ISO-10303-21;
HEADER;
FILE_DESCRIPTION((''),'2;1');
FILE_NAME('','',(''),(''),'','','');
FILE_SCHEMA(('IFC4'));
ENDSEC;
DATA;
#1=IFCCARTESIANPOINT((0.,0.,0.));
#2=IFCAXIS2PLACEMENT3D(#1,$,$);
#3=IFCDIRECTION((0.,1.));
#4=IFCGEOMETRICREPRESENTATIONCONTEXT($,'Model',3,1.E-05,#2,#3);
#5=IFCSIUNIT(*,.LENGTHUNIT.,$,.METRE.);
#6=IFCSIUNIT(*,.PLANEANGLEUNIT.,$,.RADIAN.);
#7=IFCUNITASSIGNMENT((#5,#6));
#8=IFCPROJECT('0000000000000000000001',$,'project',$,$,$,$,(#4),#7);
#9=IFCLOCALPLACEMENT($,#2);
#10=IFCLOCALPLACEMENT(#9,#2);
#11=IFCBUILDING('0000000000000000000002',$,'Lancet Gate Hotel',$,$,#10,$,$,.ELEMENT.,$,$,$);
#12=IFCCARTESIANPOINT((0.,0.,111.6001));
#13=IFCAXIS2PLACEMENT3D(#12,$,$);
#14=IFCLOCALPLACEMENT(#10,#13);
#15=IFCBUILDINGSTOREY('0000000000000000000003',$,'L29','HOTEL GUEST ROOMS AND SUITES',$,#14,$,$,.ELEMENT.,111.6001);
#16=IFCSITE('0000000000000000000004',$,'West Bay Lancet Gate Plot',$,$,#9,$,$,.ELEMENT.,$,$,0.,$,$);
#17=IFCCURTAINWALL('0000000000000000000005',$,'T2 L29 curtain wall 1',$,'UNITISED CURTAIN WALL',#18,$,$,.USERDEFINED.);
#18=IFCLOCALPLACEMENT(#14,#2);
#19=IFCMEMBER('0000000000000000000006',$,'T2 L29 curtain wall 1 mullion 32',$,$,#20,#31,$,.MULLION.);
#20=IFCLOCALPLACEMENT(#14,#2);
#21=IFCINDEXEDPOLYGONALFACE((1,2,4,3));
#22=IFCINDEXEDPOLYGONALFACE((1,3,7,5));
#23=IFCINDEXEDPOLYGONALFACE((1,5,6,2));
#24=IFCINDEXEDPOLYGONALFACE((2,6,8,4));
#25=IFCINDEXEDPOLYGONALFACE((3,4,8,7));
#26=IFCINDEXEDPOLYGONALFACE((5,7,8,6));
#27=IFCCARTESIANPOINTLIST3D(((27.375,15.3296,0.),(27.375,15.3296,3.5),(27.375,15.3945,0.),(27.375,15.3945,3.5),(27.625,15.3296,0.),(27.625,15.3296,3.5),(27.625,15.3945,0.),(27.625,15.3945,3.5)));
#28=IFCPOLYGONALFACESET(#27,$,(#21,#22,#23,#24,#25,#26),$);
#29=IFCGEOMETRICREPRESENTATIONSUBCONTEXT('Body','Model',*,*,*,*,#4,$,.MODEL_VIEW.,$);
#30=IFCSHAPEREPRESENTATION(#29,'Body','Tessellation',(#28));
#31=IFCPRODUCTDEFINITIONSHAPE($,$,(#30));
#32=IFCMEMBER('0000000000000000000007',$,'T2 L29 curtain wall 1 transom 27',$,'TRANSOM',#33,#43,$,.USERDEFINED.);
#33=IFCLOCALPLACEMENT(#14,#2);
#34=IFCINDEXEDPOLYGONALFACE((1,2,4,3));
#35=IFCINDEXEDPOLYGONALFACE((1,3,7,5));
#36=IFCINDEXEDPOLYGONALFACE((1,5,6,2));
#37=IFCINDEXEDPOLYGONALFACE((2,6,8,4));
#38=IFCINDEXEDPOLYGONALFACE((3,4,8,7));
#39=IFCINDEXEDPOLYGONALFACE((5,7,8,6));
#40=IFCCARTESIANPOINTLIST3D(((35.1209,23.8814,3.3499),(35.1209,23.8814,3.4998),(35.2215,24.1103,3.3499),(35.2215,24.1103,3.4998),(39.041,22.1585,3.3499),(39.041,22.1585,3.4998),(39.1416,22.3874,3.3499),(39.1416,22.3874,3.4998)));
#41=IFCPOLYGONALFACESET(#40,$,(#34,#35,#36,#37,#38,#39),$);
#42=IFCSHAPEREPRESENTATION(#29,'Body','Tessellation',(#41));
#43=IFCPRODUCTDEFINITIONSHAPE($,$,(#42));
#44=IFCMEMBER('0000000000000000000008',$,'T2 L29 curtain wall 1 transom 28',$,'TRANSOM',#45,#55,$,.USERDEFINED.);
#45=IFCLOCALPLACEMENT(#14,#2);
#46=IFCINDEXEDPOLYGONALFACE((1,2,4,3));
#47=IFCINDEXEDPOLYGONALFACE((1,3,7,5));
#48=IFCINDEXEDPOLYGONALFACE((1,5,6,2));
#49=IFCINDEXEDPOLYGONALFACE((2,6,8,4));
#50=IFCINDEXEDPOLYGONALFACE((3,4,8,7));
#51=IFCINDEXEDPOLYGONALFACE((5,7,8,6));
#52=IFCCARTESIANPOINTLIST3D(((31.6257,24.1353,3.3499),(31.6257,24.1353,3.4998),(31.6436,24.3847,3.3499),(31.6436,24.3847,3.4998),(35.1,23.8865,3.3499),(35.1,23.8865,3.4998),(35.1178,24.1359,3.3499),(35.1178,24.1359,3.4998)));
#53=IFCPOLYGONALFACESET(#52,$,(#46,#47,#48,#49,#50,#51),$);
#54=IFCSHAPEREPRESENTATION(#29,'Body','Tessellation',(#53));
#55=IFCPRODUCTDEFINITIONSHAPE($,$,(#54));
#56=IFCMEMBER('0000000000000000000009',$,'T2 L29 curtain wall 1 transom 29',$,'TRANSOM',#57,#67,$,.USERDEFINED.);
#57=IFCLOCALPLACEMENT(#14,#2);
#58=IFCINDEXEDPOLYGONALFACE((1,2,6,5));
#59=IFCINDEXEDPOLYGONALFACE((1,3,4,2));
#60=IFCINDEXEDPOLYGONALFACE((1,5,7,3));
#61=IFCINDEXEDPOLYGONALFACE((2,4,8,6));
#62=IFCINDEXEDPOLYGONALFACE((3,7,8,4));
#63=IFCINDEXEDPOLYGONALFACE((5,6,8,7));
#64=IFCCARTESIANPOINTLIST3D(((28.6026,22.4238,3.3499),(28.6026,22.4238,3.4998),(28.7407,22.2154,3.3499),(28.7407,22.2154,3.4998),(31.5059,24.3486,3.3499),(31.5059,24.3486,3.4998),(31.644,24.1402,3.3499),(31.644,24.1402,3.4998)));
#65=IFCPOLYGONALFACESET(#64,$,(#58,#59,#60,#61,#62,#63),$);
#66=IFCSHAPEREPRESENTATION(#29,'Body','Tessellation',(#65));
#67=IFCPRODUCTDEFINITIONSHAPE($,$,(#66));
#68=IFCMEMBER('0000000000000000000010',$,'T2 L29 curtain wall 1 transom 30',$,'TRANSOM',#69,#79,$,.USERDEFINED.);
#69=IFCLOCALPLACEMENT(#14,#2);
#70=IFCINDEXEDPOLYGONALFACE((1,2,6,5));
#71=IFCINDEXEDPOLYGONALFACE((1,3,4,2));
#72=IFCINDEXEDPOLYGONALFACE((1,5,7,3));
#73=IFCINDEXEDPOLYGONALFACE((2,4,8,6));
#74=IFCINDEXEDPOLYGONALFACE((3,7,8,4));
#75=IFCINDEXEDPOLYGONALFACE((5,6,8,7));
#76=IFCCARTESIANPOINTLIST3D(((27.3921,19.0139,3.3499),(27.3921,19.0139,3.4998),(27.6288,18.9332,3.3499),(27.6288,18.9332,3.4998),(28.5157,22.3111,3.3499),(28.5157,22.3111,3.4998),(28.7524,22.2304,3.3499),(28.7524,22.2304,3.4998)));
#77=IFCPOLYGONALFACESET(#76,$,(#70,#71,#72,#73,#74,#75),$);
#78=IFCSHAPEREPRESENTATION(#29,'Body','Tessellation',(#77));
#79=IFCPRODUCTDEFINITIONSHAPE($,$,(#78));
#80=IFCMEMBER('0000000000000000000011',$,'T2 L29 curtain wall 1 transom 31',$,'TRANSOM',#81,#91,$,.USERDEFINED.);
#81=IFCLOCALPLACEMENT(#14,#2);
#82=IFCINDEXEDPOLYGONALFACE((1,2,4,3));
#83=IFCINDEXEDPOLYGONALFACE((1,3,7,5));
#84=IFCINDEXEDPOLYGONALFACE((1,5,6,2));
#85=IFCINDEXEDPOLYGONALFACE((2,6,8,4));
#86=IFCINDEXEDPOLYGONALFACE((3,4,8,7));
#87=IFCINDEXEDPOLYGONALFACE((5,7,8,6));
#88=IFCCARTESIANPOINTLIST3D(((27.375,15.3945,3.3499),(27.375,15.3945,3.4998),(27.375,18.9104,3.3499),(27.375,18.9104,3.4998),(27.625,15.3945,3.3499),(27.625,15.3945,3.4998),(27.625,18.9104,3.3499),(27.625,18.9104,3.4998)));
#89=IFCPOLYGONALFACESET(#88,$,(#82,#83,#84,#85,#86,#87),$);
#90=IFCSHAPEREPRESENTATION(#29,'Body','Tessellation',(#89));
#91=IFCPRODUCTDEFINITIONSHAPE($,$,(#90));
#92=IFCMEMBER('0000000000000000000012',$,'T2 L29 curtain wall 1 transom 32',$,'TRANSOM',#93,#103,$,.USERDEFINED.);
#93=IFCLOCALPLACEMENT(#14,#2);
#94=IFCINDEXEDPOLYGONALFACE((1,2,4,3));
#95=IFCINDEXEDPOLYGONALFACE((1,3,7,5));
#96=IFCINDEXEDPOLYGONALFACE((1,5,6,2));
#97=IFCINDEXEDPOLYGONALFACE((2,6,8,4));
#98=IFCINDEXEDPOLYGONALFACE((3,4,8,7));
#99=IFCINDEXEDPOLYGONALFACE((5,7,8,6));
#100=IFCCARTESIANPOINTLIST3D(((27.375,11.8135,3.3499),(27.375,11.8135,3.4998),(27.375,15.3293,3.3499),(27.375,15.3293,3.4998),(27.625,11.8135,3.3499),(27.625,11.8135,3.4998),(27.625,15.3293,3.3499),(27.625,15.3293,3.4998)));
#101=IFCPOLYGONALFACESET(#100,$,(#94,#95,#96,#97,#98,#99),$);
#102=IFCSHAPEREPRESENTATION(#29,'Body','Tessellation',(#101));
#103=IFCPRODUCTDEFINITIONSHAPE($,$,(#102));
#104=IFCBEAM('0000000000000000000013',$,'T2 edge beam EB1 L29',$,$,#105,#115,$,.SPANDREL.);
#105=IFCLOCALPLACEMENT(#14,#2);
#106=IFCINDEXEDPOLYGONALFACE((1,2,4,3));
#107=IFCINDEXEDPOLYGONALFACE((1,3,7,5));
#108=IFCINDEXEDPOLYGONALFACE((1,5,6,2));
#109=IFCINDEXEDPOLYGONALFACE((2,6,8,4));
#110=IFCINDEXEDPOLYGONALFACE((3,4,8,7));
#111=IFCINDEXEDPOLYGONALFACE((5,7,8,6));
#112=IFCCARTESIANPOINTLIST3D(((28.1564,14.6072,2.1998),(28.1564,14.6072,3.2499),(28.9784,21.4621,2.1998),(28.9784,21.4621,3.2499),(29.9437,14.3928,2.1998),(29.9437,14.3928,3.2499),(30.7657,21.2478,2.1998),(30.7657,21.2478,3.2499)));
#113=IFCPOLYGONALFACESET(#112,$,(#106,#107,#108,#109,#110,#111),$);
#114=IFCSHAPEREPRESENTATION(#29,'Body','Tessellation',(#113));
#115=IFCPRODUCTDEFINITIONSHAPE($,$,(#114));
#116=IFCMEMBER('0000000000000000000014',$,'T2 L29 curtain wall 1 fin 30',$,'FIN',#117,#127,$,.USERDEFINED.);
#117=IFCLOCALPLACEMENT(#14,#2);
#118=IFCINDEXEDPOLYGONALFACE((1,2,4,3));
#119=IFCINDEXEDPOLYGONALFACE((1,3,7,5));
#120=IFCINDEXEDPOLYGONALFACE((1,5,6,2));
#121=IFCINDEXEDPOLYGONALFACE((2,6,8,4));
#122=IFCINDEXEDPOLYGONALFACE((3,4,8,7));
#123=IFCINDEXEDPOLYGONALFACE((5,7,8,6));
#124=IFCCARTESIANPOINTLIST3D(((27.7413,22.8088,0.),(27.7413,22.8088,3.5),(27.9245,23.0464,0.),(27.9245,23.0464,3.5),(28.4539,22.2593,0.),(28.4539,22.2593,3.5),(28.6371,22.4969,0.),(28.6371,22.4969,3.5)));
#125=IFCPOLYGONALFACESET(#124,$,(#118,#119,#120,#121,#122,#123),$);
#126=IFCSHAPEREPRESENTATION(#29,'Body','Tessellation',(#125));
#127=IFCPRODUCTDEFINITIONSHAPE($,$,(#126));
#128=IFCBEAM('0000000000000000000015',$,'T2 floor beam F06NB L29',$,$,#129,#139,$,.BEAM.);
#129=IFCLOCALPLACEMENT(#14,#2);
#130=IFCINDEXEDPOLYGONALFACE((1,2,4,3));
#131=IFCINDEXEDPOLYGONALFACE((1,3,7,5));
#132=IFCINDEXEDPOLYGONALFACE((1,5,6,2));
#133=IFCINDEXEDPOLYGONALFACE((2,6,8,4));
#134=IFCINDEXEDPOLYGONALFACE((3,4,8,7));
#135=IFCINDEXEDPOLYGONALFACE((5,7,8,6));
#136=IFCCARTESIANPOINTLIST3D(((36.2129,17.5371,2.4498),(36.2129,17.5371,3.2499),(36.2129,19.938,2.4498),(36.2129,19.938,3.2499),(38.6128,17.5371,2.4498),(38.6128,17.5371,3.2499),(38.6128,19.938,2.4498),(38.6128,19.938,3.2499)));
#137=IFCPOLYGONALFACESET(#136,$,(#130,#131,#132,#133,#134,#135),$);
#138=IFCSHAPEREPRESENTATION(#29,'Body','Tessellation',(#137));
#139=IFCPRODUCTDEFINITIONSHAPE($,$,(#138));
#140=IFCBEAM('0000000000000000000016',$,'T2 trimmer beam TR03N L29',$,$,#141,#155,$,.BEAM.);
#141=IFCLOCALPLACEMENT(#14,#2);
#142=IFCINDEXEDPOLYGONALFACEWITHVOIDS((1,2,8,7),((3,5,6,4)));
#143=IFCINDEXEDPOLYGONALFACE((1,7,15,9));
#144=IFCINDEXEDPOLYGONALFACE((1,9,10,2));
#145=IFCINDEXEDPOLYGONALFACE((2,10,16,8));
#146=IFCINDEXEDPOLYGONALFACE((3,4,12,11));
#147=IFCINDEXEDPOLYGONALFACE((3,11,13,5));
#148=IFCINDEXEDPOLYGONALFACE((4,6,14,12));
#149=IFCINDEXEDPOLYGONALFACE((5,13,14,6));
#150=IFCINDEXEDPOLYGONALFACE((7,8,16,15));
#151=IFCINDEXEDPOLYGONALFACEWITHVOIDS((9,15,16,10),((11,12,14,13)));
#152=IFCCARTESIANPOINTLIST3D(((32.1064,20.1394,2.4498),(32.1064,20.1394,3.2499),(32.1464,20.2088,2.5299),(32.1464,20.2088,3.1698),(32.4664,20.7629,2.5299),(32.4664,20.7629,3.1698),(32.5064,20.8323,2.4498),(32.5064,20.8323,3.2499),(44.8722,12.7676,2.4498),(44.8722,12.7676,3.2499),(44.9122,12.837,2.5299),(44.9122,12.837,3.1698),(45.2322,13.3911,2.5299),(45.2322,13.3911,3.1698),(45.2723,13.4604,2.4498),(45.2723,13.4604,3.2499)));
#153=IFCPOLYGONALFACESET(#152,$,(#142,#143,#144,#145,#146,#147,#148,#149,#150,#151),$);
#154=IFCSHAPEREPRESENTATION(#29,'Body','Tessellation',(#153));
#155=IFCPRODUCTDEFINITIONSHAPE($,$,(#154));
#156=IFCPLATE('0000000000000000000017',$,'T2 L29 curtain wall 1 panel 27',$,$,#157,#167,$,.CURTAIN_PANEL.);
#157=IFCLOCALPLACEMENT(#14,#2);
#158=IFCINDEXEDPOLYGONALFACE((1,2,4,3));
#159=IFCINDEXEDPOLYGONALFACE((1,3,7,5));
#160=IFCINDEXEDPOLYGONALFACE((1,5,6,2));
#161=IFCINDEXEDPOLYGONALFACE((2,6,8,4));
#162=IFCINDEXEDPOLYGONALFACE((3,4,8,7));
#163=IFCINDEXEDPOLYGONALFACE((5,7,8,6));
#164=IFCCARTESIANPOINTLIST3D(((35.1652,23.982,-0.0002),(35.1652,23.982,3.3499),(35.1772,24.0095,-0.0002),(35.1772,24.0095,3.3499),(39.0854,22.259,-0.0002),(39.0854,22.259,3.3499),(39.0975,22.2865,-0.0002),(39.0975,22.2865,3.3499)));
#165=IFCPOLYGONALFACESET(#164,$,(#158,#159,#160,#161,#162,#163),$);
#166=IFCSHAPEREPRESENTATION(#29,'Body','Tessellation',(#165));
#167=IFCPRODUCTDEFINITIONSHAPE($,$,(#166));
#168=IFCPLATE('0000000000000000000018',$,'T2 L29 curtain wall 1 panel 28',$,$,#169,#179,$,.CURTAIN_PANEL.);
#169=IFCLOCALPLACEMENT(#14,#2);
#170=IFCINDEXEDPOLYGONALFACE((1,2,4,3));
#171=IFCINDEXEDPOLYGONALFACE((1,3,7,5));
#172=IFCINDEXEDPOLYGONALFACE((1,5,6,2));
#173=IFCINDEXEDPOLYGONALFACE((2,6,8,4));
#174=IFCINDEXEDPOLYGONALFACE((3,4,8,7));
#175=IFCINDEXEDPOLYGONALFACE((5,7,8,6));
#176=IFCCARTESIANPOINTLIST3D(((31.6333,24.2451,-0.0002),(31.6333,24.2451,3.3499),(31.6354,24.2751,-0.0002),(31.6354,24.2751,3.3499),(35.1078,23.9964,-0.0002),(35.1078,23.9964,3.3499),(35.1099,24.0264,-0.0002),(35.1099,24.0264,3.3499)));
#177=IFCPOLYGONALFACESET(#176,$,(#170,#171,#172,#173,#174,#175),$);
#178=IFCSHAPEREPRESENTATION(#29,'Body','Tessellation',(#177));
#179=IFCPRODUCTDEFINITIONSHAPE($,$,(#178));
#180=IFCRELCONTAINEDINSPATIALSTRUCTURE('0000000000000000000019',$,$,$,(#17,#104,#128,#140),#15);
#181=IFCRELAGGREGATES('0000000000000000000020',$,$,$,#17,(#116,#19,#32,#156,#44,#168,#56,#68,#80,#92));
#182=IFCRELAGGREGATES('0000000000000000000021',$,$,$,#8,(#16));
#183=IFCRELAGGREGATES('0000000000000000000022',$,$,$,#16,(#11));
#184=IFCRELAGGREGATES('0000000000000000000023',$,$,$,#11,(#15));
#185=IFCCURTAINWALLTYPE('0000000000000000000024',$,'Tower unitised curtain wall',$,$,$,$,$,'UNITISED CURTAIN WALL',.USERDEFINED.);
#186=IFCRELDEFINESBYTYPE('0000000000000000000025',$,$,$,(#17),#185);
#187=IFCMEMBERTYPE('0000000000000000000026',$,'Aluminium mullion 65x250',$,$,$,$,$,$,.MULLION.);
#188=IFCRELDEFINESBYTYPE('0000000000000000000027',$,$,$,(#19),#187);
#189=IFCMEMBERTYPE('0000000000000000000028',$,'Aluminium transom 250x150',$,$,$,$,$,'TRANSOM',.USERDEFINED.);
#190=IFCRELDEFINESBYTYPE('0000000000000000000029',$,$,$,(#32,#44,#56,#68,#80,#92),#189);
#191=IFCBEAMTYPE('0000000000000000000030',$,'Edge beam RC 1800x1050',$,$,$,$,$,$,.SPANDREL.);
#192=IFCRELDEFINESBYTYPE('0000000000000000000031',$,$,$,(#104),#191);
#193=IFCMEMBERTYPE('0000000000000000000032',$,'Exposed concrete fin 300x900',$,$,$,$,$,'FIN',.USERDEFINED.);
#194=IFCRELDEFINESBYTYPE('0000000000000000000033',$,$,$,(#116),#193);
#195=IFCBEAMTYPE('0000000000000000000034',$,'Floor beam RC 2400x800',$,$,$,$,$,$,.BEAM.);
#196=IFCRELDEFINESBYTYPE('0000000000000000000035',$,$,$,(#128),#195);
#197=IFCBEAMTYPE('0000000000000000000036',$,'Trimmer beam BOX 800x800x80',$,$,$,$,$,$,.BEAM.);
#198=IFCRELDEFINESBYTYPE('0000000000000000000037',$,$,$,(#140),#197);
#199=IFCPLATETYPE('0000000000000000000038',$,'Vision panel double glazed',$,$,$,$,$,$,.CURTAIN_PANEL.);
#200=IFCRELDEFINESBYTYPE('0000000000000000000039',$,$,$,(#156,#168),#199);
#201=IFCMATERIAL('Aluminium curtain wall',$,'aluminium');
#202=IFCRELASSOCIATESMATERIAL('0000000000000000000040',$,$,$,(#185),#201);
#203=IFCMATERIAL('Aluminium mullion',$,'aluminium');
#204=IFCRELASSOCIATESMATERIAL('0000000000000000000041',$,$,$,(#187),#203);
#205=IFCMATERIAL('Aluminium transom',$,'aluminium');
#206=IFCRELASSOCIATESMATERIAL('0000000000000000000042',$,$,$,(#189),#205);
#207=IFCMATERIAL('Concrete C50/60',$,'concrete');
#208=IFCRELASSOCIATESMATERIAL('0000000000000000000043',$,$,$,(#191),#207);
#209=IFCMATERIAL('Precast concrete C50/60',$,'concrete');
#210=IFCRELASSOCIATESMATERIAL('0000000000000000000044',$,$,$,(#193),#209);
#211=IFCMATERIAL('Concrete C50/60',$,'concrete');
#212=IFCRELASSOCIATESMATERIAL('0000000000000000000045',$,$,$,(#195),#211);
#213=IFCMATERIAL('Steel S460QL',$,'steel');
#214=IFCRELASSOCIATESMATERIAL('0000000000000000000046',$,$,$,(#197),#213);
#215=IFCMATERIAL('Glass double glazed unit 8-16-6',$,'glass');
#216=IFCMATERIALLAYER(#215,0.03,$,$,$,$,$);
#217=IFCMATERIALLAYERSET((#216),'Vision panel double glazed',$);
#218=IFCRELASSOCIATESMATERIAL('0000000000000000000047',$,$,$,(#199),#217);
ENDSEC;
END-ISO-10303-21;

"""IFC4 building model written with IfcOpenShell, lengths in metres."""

from ifc_helpers import new_model, si_unit, direction, frame, origin, origin_2d, place, context, subcontext, project, spatial, rectangle, hollow_rectangle, extrude, material, layer, layer_set, material_profile, profile_set, type_object, element, aggregate, save


model = new_model("IFC4")

# Units and contexts
model_context = context("Model", 3, precision=1e-05, world=origin(), true_north=direction((0.0, 1.0)))
body_context = subcontext(model_context, "Body", "Model", "MODEL_VIEW")
ifc_project = project(units=[si_unit("LENGTHUNIT", "METRE"), si_unit("PLANEANGLEUNIT", "RADIAN")], contexts=[model_context])

# Site, building, storey
site_placement = place(None, origin())
site = spatial("IfcSite", under=ifc_project, at=site_placement, Name="West Bay Lancet Gate Plot", CompositionType="ELEMENT", RefElevation=0.0)
building_placement = place(site_placement, origin())
building = spatial("IfcBuilding", under=site, at=building_placement, Name="Lancet Gate Hotel", CompositionType="ELEMENT")
storey_placement = place(building_placement, frame((0.0, 0.0, 111.6001)))
storey = spatial("IfcBuildingStorey", under=building, at=storey_placement, Name="L29", Description="HOTEL GUEST ROOMS AND SUITES", CompositionType="ELEMENT", Elevation=111.6001)

# Curtain wall, members
ifc_material_1 = material(Name="Aluminium curtain wall", Category="aluminium")
curtain_wall_type = type_object("IfcCurtainWallType", Name="Tower unitised curtain wall", ElementType="UNITISED CURTAIN WALL", PredefinedType="USERDEFINED", material=ifc_material_1)
curtain_wall_placement = place(storey_placement, origin())
curtain_wall = element("IfcCurtainWall", 1, at=curtain_wall_placement, inside=storey, type_object=curtain_wall_type, Name="T2 L29 curtain wall 1", ObjectType="UNITISED CURTAIN WALL", PredefinedType="USERDEFINED")
ifc_material_2 = material(Name="Aluminium mullion", Category="aluminium")
ifc_material_profile_1 = material_profile(ifc_material_2, rectangle(XDim=0.0649, YDim=0.25, at=origin_2d()), Name="MULLION 65x250")
ifc_profile_set_1 = profile_set([ifc_material_profile_1], Name="Aluminium mullion")
member_type_1 = type_object("IfcMemberType", Name="Aluminium mullion 65x250", PredefinedType="MULLION", material=ifc_profile_set_1)
member_1_placement = place(storey_placement, frame((27.5, 15.3621, 0.0), z_axis=(0.0, 0.0, 1.0), x_axis=(0.0, -1.0, 0.0)))
member_1 = element("IfcMember", 2, at=member_1_placement, type_object=member_type_1, Name="T2 L29 curtain wall 1 mullion 32", PredefinedType="MULLION", context=body_context, shape_type="SweptSolid", body=[
    extrude(rectangle(XDim=0.0649, YDim=0.25, at=origin_2d()), origin(), (0.0, 0.0, 1.0), 3.5),
])
ifc_material_3 = material(Name="Aluminium transom", Category="aluminium")
ifc_material_profile_2 = material_profile(ifc_material_3, rectangle(XDim=0.25, YDim=0.1499, at=origin_2d()), Name="TRANSOM 250x150")
ifc_profile_set_2 = profile_set([ifc_material_profile_2], Name="Aluminium transom")
member_type_2 = type_object("IfcMemberType", Name="Aluminium transom 250x150", ElementType="TRANSOM", PredefinedType="USERDEFINED", material=ifc_profile_set_2)
member_2_placement = place(storey_placement, frame((39.0913, 22.2729, 3.4248), z_axis=(-0.915485, 0.402353, 0.0), x_axis=(-0.402353, -0.915485, 0.0)))
member_2 = element("IfcMember", 3, at=member_2_placement, type_object=member_type_2, Name="T2 L29 curtain wall 1 transom 27", ObjectType="TRANSOM", PredefinedType="USERDEFINED", context=body_context, shape_type="SweptSolid", body=[
    extrude(rectangle(XDim=0.25, YDim=0.1499, at=origin_2d()), origin(), (0.0, 0.0, 1.0), 4.282),
])
member_3_placement = place(storey_placement, frame((35.1089, 24.0112, 3.4248), z_axis=(-0.997446, 0.071421, 0.0), x_axis=(-0.071421, -0.997446, 0.0)))
member_3 = element("IfcMember", 4, at=member_3_placement, type_object=member_type_2, Name="T2 L29 curtain wall 1 transom 28", ObjectType="TRANSOM", PredefinedType="USERDEFINED", context=body_context, shape_type="SweptSolid", body=[
    extrude(rectangle(XDim=0.25, YDim=0.1499, at=origin_2d()), origin(), (0.0, 0.0, 1.0), 3.4832),
])
member_4_placement = place(storey_placement, frame((31.575, 24.2444, 3.4248), z_axis=(-0.833471, -0.552563, 0.0), x_axis=(0.552563, -0.833471, 0.0)))
member_4 = element("IfcMember", 5, at=member_4_placement, type_object=member_type_2, Name="T2 L29 curtain wall 1 transom 29", ObjectType="TRANSOM", PredefinedType="USERDEFINED", context=body_context, shape_type="SweptSolid", body=[
    extrude(rectangle(XDim=0.25, YDim=0.1499, at=origin_2d()), origin(), (0.0, 0.0, 1.0), 3.4834),
])
member_5_placement = place(storey_placement, frame((28.634, 22.2708, 3.4248), z_axis=(-0.32255, -0.946553, 0.0), x_axis=(0.946553, -0.32255, 0.0)))
member_5 = element("IfcMember", 6, at=member_5_placement, type_object=member_type_2, Name="T2 L29 curtain wall 1 transom 30", ObjectType="TRANSOM", PredefinedType="USERDEFINED", context=body_context, shape_type="SweptSolid", body=[
    extrude(rectangle(XDim=0.25, YDim=0.1499, at=origin_2d()), origin(), (0.0, 0.0, 1.0), 3.4834),
])
member_6_placement = place(storey_placement, frame((27.5, 18.9104, 3.4248), z_axis=(0.0, -1.0, 0.0), x_axis=(1.0, 0.0, 0.0)))
member_6 = element("IfcMember", 7, at=member_6_placement, type_object=member_type_2, Name="T2 L29 curtain wall 1 transom 31", ObjectType="TRANSOM", PredefinedType="USERDEFINED", context=body_context, shape_type="SweptSolid", body=[
    extrude(rectangle(XDim=0.25, YDim=0.1499, at=origin_2d()), origin(), (0.0, 0.0, 1.0), 3.5159),
])
member_7_placement = place(storey_placement, frame((27.5, 15.3293, 3.4248), z_axis=(0.0, -1.0, 0.0), x_axis=(1.0, 0.0, 0.0)))
member_7 = element("IfcMember", 8, at=member_7_placement, type_object=member_type_2, Name="T2 L29 curtain wall 1 transom 32", ObjectType="TRANSOM", PredefinedType="USERDEFINED", context=body_context, shape_type="SweptSolid", body=[
    extrude(rectangle(XDim=0.25, YDim=0.1499, at=origin_2d()), origin(), (0.0, 0.0, 1.0), 3.5159),
])

# Beam
ifc_material_4 = material(Name="Concrete C50/60", Category="concrete")
ifc_material_profile_3 = material_profile(ifc_material_4, rectangle(XDim=1.8, YDim=1.05, at=origin_2d()), Name="RC 1800x1050")
ifc_profile_set_3 = profile_set([ifc_material_profile_3], Name="Concrete C50/60")
beam_type_1 = type_object("IfcBeamType", Name="Edge beam RC 1800x1050", PredefinedType="SPANDREL", material=ifc_profile_set_3)
beam_1_placement = place(storey_placement, frame((29.05, 14.5, 2.7249), z_axis=(0.119063, 0.992887, 0.0), x_axis=(-0.992887, 0.119063, 0.0)))
element("IfcBeam", 9, at=beam_1_placement, inside=storey, type_object=beam_type_1, Name="T2 edge beam EB1 L29", PredefinedType="SPANDREL", context=body_context, shape_type="SweptSolid", body=[
    extrude(rectangle(XDim=1.8, YDim=1.05, at=origin_2d()), origin(), (0.0, 0.0, 1.0), 6.9041),
])

# Member
ifc_material_5 = material(Name="Precast concrete C50/60", Category="concrete")
ifc_material_profile_4 = material_profile(ifc_material_5, rectangle(XDim=0.3, YDim=0.8999, at=origin_2d()), Name="FIN 300x900")
ifc_profile_set_4 = profile_set([ifc_material_profile_4], Name="Precast concrete C50/60")
member_type_3 = type_object("IfcMemberType", Name="Exposed concrete fin 300x900", ElementType="FIN", PredefinedType="USERDEFINED", material=ifc_profile_set_4)
member_8_placement = place(storey_placement, frame((28.1892, 22.6528, 0.0), z_axis=(0.0, 0.0, 1.0), x_axis=(-0.610664, -0.79189, 0.0)))
member_8 = element("IfcMember", 10, at=member_8_placement, type_object=member_type_3, Name="T2 L29 curtain wall 1 fin 30", ObjectType="FIN", PredefinedType="USERDEFINED", context=body_context, shape_type="SweptSolid", body=[
    extrude(rectangle(XDim=0.3, YDim=0.8999, at=origin_2d()), origin(), (0.0, 0.0, 1.0), 3.5),
])

# Beams
ifc_material_6 = material(Name="Concrete C50/60", Category="concrete")
ifc_material_profile_5 = material_profile(ifc_material_6, rectangle(XDim=2.3999, YDim=0.8, at=origin_2d()), Name="RC 2400x800")
ifc_profile_set_5 = profile_set([ifc_material_profile_5], Name="Concrete C50/60")
beam_type_2 = type_object("IfcBeamType", Name="Floor beam RC 2400x800", PredefinedType="BEAM", material=ifc_profile_set_5)
beam_2_placement = place(storey_placement, frame((37.4128, 17.5371, 2.8499), z_axis=(0.0, 1.0, 0.0), x_axis=(-1.0, 0.0, 0.0)))
element("IfcBeam", 11, at=beam_2_placement, inside=storey, type_object=beam_type_2, Name="T2 floor beam F06NB L29", PredefinedType="BEAM", context=body_context, shape_type="SweptSolid", body=[
    extrude(rectangle(XDim=2.3999, YDim=0.8, at=origin_2d()), origin(), (0.0, 0.0, 1.0), 2.4009),
])
ifc_material_7 = material(Name="Steel S460QL", Category="steel")
ifc_material_profile_6 = material_profile(ifc_material_7, hollow_rectangle(XDim=0.8, YDim=0.8, WallThickness=0.0801, at=origin_2d()), Name="BOX 800x800x80")
ifc_profile_set_6 = profile_set([ifc_material_profile_6], Name="Steel S460QL")
beam_type_3 = type_object("IfcBeamType", Name="Trimmer beam BOX 800x800x80", PredefinedType="BEAM", material=ifc_profile_set_6)
beam_3_placement = place(storey_placement, frame((32.3064, 20.4858, 2.8499), z_axis=(0.865983, -0.500074, 0.0), x_axis=(0.500074, 0.865983, 0.0)))
element("IfcBeam", 12, at=beam_3_placement, inside=storey, type_object=beam_type_3, Name="T2 trimmer beam TR03N L29", PredefinedType="BEAM", context=body_context, shape_type="SweptSolid", body=[
    extrude(hollow_rectangle(XDim=0.8, YDim=0.8, WallThickness=0.0801, at=origin_2d()), origin(), (0.0, 0.0, 1.0), 14.7415),
])

# Plates
ifc_material_8 = material(Name="Glass double glazed unit 8-16-6", Category="glass")
ifc_layer_1 = layer(ifc_material_8, 0.03)
ifc_layer_set_1 = layer_set([ifc_layer_1], Name="Vision panel double glazed")
plate_type = type_object("IfcPlateType", Name="Vision panel double glazed", PredefinedType="CURTAIN_PANEL", material=ifc_layer_set_1)
plate_1_placement = place(storey_placement, frame((37.1313, 23.1343, -0.0002), z_axis=(0.0, 0.0, 1.0), x_axis=(-0.915479, 0.402367, 0.0)))
plate_1 = element("IfcPlate", 13, at=plate_1_placement, type_object=plate_type, Name="T2 L29 curtain wall 1 panel 27", PredefinedType="CURTAIN_PANEL", context=body_context, shape_type="SweptSolid", body=[
    extrude(rectangle(XDim=4.2822, YDim=0.03, at=origin_2d()), origin(), (0.0, 0.0, 1.0), 3.3501),
])
plate_2_placement = place(storey_placement, frame((33.3716, 24.1357, -0.0002), z_axis=(0.0, 0.0, 1.0), x_axis=(-0.997448, 0.07139, 0.0)))
plate_2 = element("IfcPlate", 14, at=plate_2_placement, type_object=plate_type, Name="T2 L29 curtain wall 1 panel 28", PredefinedType="CURTAIN_PANEL", context=body_context, shape_type="SweptSolid", body=[
    extrude(rectangle(XDim=3.4834, YDim=0.03, at=origin_2d()), origin(), (0.0, 0.0, 1.0), 3.3501),
])
aggregate(curtain_wall, [member_8, member_1, member_2, plate_1, member_3, plate_2, member_4, member_5, member_6, member_7])

save(model, "model.ifc")
